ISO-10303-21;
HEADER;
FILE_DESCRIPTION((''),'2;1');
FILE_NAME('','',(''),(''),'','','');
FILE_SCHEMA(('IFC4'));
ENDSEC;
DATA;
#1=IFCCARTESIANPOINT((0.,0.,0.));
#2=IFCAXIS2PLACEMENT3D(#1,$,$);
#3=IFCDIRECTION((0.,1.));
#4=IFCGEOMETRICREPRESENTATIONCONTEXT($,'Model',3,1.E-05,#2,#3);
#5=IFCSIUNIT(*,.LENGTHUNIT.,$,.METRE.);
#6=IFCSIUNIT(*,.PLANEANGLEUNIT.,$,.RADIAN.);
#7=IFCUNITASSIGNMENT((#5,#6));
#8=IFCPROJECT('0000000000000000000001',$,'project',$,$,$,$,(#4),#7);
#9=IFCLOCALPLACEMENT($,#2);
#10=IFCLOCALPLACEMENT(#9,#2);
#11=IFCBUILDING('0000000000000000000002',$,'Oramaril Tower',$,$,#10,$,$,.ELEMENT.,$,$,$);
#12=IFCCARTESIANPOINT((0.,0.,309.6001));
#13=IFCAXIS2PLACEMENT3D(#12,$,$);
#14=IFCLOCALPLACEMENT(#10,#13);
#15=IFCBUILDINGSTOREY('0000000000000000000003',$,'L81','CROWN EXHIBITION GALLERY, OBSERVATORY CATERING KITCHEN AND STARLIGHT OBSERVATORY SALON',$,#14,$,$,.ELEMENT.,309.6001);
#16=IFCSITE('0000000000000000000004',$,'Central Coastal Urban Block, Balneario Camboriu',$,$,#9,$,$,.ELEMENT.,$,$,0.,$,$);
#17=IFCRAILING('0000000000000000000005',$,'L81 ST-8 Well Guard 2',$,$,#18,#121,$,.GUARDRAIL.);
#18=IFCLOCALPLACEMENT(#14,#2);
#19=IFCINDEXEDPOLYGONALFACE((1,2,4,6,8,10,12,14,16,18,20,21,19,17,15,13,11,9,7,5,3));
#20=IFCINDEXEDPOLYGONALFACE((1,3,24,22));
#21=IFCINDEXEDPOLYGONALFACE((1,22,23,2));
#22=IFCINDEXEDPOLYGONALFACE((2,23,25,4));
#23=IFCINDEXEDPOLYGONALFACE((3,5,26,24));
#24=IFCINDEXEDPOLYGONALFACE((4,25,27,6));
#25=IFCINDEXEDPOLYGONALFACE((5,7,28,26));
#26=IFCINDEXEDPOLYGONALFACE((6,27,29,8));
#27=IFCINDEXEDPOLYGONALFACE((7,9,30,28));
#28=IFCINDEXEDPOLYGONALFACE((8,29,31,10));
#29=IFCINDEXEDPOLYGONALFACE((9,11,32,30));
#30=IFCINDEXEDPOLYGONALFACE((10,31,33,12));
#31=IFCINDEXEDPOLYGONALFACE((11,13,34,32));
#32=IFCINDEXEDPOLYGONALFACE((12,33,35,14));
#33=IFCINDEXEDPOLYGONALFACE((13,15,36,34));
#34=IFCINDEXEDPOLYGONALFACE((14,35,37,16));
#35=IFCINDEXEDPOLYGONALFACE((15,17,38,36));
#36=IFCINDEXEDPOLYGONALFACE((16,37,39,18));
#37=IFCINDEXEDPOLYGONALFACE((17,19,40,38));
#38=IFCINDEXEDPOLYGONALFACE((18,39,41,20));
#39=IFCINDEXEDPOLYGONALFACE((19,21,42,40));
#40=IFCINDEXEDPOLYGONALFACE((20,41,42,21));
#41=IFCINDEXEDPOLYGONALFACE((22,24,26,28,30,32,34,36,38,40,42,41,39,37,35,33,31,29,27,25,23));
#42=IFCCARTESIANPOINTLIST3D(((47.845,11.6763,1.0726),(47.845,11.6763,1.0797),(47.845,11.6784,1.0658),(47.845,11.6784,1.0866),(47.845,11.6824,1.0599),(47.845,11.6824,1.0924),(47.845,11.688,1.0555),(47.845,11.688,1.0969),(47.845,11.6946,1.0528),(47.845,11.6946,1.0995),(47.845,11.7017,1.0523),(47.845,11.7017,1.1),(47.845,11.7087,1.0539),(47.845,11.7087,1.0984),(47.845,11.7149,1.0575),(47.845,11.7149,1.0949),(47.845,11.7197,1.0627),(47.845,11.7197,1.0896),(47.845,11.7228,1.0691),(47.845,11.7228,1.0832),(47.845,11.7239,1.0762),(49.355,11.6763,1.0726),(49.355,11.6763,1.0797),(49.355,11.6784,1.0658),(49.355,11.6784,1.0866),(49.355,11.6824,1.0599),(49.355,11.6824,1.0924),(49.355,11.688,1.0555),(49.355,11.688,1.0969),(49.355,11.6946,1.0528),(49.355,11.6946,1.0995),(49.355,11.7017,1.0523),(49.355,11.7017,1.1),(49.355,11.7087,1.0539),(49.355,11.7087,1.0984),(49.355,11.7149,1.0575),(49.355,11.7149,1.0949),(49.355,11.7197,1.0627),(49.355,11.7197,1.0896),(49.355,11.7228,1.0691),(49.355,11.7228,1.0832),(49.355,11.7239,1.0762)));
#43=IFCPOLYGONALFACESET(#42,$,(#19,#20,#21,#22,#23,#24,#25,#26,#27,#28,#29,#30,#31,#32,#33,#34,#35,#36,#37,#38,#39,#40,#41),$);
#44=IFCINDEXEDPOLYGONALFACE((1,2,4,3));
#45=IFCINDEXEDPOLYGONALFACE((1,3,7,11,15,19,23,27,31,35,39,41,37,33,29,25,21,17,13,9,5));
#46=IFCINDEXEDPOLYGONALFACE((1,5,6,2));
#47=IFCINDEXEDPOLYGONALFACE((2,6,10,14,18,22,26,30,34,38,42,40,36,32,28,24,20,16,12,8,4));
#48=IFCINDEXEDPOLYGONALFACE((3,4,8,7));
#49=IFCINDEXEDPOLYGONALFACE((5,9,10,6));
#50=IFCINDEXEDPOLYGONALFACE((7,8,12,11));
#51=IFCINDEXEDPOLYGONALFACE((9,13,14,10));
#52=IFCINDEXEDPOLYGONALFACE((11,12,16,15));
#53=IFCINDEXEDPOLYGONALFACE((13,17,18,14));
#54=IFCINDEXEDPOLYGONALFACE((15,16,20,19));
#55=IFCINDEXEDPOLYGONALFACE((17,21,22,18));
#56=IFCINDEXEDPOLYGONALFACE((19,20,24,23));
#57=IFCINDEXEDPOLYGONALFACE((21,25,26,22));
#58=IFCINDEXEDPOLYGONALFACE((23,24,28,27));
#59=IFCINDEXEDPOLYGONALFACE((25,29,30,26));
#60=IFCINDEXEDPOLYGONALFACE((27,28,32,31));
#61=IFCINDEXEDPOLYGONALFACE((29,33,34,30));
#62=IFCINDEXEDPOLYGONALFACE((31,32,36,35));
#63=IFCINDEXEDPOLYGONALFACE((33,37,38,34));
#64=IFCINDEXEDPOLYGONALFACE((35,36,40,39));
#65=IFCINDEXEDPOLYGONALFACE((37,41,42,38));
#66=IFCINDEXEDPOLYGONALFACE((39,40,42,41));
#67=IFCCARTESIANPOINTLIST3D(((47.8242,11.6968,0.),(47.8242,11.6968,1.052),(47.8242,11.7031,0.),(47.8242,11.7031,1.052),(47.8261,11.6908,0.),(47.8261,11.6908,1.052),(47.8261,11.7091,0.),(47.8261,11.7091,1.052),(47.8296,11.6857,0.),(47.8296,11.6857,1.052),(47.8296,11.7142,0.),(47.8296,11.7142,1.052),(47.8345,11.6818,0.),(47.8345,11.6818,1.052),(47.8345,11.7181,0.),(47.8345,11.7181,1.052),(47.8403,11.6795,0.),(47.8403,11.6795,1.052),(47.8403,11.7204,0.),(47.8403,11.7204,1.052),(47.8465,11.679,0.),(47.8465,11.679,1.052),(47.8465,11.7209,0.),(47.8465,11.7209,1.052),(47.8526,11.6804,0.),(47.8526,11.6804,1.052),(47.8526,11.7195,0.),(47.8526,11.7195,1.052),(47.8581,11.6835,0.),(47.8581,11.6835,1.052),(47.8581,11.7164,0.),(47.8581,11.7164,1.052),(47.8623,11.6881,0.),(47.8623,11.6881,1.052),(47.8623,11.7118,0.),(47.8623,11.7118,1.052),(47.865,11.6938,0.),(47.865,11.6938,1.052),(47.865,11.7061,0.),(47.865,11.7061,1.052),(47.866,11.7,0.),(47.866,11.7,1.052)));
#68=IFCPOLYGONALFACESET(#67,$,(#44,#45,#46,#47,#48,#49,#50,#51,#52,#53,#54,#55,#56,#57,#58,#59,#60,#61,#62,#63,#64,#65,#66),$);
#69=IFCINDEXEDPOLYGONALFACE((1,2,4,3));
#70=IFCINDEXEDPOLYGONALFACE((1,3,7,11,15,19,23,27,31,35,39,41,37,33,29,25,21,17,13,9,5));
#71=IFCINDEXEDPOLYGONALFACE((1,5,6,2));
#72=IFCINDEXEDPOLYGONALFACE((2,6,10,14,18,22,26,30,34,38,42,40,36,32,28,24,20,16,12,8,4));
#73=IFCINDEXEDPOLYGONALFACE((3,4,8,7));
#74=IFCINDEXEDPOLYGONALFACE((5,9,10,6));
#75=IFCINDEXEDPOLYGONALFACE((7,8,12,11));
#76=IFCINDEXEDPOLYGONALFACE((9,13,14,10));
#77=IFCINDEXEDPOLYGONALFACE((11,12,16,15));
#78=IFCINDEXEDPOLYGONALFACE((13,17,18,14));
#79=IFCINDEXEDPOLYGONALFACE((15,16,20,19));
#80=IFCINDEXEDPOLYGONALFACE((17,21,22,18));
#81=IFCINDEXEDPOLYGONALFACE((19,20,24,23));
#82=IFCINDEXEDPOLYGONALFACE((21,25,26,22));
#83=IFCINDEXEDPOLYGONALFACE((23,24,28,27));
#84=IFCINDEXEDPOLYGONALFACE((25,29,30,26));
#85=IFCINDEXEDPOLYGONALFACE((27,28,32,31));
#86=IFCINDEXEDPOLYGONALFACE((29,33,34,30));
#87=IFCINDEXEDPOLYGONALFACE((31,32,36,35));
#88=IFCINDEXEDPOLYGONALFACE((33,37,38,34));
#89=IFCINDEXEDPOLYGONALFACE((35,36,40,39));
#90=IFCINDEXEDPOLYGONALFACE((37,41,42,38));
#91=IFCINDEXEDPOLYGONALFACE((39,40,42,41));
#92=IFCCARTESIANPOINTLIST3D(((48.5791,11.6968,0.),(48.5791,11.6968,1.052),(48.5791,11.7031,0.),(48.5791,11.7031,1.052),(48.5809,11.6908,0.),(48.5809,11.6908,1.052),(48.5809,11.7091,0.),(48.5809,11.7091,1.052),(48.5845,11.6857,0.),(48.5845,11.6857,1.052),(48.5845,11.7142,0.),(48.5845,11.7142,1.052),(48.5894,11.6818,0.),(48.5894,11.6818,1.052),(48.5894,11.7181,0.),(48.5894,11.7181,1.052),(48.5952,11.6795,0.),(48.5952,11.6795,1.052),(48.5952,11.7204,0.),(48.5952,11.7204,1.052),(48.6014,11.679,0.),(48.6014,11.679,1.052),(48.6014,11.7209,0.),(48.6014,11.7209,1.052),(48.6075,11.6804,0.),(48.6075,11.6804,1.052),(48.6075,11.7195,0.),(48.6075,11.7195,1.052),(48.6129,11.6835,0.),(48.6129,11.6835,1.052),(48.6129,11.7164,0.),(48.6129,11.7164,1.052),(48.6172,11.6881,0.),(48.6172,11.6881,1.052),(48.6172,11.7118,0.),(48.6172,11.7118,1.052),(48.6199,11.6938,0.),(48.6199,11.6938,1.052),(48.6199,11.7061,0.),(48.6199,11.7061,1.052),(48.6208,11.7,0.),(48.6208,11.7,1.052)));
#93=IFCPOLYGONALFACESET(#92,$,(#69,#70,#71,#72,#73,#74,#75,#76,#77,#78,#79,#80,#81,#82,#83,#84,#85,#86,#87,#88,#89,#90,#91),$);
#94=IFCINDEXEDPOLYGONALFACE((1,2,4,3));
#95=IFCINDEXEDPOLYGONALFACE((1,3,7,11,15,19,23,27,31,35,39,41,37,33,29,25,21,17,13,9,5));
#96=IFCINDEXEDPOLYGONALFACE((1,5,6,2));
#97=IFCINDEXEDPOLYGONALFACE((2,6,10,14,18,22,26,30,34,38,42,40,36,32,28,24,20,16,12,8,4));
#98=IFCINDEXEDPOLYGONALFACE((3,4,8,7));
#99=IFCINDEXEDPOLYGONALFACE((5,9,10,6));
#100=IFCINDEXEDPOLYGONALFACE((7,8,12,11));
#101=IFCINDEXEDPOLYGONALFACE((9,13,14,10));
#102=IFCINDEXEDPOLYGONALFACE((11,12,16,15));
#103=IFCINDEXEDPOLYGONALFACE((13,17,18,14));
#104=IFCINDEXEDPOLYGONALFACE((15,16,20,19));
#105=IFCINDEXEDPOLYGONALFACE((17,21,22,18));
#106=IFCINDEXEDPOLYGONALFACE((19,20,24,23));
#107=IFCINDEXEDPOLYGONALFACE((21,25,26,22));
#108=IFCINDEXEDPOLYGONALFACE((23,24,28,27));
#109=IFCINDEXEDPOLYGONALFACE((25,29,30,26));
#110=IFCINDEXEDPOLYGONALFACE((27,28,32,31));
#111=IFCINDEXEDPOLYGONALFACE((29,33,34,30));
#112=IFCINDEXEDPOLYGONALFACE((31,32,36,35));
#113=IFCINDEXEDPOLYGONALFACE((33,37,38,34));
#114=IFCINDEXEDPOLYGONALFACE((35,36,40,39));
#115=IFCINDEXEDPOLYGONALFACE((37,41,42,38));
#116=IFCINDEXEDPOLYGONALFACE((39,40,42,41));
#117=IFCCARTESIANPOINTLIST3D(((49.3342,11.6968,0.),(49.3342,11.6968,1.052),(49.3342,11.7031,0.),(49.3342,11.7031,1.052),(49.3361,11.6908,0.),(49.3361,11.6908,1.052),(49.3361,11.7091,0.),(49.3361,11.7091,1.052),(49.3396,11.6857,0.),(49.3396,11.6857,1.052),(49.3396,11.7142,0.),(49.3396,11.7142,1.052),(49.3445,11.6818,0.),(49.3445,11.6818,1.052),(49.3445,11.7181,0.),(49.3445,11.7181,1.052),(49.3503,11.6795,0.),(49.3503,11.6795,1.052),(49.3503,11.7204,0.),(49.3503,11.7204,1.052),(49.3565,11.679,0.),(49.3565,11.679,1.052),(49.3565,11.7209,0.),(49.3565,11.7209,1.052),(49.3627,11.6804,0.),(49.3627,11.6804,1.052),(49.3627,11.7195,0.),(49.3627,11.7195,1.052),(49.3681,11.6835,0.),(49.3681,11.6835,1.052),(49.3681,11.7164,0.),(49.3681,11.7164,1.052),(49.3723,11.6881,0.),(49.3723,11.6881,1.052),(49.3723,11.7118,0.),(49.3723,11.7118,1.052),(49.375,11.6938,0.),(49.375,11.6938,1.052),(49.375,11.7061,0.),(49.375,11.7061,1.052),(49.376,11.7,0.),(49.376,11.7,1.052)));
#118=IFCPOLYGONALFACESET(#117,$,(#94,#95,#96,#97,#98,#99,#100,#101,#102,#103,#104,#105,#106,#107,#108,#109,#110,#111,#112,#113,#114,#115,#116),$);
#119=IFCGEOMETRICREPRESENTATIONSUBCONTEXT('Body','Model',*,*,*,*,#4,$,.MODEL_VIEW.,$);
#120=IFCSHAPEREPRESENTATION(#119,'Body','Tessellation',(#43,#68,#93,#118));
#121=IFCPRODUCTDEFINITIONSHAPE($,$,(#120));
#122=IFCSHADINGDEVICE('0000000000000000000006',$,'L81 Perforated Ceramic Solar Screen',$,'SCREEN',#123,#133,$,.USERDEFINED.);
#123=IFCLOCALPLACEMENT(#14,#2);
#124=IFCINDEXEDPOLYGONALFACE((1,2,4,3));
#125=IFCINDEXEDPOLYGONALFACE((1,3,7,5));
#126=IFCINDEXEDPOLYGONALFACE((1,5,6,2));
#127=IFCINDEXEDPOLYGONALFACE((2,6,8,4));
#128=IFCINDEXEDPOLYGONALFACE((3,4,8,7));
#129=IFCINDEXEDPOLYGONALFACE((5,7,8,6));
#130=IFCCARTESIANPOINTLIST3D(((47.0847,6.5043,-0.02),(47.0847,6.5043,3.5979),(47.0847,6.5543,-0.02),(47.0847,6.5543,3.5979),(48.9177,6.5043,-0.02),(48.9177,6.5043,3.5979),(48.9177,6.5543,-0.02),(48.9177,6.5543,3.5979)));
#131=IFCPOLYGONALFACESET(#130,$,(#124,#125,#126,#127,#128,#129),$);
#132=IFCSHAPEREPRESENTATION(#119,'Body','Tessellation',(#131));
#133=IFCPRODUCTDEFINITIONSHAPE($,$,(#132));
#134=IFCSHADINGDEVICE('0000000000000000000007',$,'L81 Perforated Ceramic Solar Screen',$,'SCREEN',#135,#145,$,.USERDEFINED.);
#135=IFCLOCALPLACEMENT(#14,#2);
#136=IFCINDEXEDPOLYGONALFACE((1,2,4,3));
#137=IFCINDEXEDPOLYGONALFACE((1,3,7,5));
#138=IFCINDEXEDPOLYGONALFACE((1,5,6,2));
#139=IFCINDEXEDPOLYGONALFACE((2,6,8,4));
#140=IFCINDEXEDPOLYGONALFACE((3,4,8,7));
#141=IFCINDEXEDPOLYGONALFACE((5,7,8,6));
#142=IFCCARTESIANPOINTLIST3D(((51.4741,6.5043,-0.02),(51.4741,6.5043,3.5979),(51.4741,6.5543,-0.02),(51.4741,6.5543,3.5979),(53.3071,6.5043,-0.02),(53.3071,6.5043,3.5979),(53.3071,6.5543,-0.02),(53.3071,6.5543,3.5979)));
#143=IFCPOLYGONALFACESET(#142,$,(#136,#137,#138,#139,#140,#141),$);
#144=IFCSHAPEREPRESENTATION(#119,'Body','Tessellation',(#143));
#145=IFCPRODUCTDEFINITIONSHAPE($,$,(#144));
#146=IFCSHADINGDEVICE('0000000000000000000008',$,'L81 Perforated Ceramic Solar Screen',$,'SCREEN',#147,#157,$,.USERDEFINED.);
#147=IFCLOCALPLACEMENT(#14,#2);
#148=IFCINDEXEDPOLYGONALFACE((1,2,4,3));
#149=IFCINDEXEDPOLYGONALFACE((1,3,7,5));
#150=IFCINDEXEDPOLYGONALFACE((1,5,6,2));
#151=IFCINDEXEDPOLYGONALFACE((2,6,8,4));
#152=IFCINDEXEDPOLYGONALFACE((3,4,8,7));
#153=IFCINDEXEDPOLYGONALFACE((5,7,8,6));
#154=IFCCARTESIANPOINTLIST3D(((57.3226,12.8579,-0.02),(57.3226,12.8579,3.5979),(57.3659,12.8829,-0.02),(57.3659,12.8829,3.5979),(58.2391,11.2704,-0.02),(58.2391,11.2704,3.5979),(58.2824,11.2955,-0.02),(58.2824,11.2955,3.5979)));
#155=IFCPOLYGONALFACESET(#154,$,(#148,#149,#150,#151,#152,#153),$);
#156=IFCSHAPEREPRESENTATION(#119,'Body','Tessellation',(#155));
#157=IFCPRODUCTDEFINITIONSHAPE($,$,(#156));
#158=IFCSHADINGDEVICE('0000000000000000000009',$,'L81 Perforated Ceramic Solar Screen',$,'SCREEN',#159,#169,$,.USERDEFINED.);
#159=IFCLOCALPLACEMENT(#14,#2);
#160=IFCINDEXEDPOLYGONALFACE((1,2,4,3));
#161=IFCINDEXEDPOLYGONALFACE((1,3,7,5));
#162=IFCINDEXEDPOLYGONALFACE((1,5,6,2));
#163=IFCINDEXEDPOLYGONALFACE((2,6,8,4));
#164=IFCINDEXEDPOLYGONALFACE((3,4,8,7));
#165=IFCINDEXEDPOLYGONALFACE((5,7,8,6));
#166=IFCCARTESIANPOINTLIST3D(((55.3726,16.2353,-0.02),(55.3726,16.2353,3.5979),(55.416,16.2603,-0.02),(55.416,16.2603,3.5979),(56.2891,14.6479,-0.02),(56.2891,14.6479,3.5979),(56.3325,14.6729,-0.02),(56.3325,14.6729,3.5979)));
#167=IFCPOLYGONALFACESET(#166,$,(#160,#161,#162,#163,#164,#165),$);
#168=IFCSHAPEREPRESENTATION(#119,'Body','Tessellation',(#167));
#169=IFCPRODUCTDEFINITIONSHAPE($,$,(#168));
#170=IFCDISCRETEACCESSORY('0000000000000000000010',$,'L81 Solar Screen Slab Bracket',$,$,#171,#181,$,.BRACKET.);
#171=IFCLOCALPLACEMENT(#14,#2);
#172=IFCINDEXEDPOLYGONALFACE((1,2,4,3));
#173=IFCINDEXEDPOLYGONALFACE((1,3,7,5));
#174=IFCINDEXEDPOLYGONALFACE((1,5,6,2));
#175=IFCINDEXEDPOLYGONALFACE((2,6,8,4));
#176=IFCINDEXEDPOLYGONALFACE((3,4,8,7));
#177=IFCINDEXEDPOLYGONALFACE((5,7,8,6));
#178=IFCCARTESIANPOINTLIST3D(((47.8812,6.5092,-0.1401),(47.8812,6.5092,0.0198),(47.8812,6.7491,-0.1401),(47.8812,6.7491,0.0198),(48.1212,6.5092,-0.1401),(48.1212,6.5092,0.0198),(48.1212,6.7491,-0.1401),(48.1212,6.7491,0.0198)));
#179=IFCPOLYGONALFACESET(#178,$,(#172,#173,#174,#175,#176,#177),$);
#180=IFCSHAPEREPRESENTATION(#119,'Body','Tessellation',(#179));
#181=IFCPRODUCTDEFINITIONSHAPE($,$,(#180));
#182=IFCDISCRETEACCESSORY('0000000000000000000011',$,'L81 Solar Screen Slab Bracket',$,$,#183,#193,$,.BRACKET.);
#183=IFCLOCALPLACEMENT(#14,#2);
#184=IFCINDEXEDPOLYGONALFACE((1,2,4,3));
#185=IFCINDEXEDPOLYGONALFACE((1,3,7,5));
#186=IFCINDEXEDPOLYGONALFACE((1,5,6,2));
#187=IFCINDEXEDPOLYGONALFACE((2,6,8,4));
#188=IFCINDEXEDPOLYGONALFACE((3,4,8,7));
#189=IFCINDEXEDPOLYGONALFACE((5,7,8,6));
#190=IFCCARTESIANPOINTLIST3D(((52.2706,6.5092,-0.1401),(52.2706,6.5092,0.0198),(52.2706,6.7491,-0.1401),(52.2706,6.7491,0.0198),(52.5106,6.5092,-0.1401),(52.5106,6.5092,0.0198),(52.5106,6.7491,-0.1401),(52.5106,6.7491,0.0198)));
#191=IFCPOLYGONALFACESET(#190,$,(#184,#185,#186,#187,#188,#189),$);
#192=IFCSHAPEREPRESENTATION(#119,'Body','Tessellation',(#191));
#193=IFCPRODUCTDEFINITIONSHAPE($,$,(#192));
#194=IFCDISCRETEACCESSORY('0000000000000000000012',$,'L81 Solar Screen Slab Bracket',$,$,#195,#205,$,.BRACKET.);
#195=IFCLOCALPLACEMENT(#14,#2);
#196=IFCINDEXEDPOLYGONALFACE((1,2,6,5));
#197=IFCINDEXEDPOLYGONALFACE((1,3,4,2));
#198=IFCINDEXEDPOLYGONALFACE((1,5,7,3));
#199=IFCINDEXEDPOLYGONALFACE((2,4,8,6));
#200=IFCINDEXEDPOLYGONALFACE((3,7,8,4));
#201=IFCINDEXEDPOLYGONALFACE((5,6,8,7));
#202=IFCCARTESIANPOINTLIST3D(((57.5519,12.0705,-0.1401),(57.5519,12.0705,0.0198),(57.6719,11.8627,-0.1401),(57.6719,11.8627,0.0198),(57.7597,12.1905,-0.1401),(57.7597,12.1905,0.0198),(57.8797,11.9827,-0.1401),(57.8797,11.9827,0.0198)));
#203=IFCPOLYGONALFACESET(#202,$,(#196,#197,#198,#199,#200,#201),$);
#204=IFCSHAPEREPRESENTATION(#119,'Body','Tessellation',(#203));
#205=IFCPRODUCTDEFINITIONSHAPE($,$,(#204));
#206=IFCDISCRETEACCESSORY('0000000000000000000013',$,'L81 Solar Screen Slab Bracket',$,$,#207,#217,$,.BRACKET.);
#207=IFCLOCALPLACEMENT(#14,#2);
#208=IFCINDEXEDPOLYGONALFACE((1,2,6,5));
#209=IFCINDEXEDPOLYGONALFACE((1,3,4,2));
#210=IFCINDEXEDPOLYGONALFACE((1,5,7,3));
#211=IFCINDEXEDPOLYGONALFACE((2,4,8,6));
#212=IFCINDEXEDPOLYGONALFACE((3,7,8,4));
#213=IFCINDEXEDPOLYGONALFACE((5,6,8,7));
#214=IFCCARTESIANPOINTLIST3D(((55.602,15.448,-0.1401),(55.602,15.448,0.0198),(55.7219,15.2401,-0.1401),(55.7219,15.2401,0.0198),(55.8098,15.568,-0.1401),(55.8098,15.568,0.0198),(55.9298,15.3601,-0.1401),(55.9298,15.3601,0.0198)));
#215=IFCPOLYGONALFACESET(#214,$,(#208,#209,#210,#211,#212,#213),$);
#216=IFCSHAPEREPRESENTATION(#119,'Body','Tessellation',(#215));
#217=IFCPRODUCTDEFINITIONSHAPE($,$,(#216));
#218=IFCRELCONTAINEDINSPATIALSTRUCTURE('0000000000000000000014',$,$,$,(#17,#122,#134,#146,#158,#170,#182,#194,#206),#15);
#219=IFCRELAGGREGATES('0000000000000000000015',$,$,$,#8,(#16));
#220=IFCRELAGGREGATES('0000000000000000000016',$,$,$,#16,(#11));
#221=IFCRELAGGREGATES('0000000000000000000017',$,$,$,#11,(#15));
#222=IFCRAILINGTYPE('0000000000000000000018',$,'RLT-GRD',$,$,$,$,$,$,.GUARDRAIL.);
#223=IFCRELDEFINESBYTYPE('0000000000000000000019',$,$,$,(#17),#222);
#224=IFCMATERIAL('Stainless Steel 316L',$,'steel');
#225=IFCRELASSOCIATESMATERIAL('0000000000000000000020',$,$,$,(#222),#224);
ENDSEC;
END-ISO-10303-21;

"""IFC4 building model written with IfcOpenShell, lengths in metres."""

from ifc_helpers import new_model, si_unit, direction, frame, origin, origin_2d, place, context, subcontext, project, spatial, rectangle, circle, extrude, material, type_object, element, save


model = new_model("IFC4")

# Units and contexts
model_context = context("Model", 3, precision=1e-05, world=origin(), true_north=direction((0.0, 1.0)))
body_context = subcontext(model_context, "Body", "Model", "MODEL_VIEW")
ifc_project = project(units=[si_unit("LENGTHUNIT", "METRE"), si_unit("PLANEANGLEUNIT", "RADIAN")], contexts=[model_context])

# Site, building, storey
site_placement = place(None, origin())
site = spatial("IfcSite", under=ifc_project, at=site_placement, Name="Central Coastal Urban Block, Balneario Camboriu", CompositionType="ELEMENT", RefElevation=0.0)
building_placement = place(site_placement, origin())
building = spatial("IfcBuilding", under=site, at=building_placement, Name="Oramaril Tower", CompositionType="ELEMENT")
storey_placement = place(building_placement, frame((0.0, 0.0, 309.6001)))
storey = spatial("IfcBuildingStorey", under=building, at=storey_placement, Name="L81", Description="CROWN EXHIBITION GALLERY, OBSERVATORY CATERING KITCHEN AND STARLIGHT OBSERVATORY SALON", CompositionType="ELEMENT", Elevation=309.6001)

# Railing
ifc_material_1 = material(Name="Stainless Steel 316L", Category="steel")
railing_type = type_object("IfcRailingType", Name="RLT-GRD", PredefinedType="GUARDRAIL", material=ifc_material_1)
railing_1_placement = place(storey_placement, frame((47.845, 11.7, 0.0)))
element("IfcRailing", 1, at=railing_1_placement, inside=storey, type_object=railing_type, Name="L81 ST-8 Well Guard 2", PredefinedType="GUARDRAIL", context=body_context, shape_type="SweptSolid", body=[
    extrude(circle(Radius=0.0239, at=origin_2d()), frame((0.0, 0.0, 1.0762), z_axis=(1.0, 0.0, 0.0), x_axis=(0.0, 1.0, 0.0)), (0.0, 0.0, 1.0), 1.51),
    extrude(circle(Radius=0.021, at=origin_2d()), origin(), (0.0, 0.0, 1.0), 1.052),
    extrude(circle(Radius=0.021, at=origin_2d()), frame((0.7549, 0.0, 0.0)), (0.0, 0.0, 1.0), 1.052),
    extrude(circle(Radius=0.021, at=origin_2d()), frame((1.51, 0.0, 0.0)), (0.0, 0.0, 1.0), 1.052),
])

# Shading devices
for number, where, z_axis, x_axis, name in (
    (2, (48.0012, 6.5293, -0.02), (0.0, 0.0, 1.0), (1.0, 0.0, 0.0), "L81 Perforated Ceramic Solar Screen"),
    (3, (52.3906, 6.5293, -0.02), (0.0, 0.0, 1.0), (1.0, 0.0, 0.0), "L81 Perforated Ceramic Solar Screen"),
    (4, (57.8025, 12.0767, -0.02), (0.0, 0.0, 1.0), (-0.500002, 0.866025, 0.0), "L81 Perforated Ceramic Solar Screen"),
    (5, (55.8525, 15.4541, -0.02), (0.0, 0.0, 1.0), (-0.500002, 0.866025, 0.0), "L81 Perforated Ceramic Solar Screen"),
):
    element("IfcShadingDevice", number, at=place(storey_placement, frame(where, z_axis=z_axis, x_axis=x_axis)), inside=storey, Name=name, ObjectType="SCREEN", PredefinedType="USERDEFINED", context=body_context, shape_type="SweptSolid", body=[
        extrude(rectangle(XDim=1.833, YDim=0.05, at=origin_2d()), origin(), (0.0, 0.0, 1.0), 3.6179),
    ])

# Discrete accessories
for number, where, z_axis, x_axis, name in (
    (6, (48.0012, 6.6292, -0.1401), (0.0, 0.0, 1.0), (1.0, 0.0, 0.0), "L81 Solar Screen Slab Bracket"),
    (7, (52.3906, 6.6292, -0.1401), (0.0, 0.0, 1.0), (1.0, 0.0, 0.0), "L81 Solar Screen Slab Bracket"),
    (8, (57.7158, 12.0266, -0.1401), (0.0, 0.0, 1.0), (-0.500002, 0.866025, 0.0), "L81 Solar Screen Slab Bracket"),
    (9, (55.7659, 15.4041, -0.1401), (0.0, 0.0, 1.0), (-0.500002, 0.866025, 0.0), "L81 Solar Screen Slab Bracket"),
):
    element("IfcDiscreteAccessory", number, at=place(storey_placement, frame(where, z_axis=z_axis, x_axis=x_axis)), inside=storey, Name=name, PredefinedType="BRACKET", context=body_context, shape_type="SweptSolid", body=[
        extrude(rectangle(XDim=0.24, YDim=0.24, at=origin_2d()), origin(), (0.0, 0.0, 1.0), 0.1599),
    ])

save(model, "model.ifc")
